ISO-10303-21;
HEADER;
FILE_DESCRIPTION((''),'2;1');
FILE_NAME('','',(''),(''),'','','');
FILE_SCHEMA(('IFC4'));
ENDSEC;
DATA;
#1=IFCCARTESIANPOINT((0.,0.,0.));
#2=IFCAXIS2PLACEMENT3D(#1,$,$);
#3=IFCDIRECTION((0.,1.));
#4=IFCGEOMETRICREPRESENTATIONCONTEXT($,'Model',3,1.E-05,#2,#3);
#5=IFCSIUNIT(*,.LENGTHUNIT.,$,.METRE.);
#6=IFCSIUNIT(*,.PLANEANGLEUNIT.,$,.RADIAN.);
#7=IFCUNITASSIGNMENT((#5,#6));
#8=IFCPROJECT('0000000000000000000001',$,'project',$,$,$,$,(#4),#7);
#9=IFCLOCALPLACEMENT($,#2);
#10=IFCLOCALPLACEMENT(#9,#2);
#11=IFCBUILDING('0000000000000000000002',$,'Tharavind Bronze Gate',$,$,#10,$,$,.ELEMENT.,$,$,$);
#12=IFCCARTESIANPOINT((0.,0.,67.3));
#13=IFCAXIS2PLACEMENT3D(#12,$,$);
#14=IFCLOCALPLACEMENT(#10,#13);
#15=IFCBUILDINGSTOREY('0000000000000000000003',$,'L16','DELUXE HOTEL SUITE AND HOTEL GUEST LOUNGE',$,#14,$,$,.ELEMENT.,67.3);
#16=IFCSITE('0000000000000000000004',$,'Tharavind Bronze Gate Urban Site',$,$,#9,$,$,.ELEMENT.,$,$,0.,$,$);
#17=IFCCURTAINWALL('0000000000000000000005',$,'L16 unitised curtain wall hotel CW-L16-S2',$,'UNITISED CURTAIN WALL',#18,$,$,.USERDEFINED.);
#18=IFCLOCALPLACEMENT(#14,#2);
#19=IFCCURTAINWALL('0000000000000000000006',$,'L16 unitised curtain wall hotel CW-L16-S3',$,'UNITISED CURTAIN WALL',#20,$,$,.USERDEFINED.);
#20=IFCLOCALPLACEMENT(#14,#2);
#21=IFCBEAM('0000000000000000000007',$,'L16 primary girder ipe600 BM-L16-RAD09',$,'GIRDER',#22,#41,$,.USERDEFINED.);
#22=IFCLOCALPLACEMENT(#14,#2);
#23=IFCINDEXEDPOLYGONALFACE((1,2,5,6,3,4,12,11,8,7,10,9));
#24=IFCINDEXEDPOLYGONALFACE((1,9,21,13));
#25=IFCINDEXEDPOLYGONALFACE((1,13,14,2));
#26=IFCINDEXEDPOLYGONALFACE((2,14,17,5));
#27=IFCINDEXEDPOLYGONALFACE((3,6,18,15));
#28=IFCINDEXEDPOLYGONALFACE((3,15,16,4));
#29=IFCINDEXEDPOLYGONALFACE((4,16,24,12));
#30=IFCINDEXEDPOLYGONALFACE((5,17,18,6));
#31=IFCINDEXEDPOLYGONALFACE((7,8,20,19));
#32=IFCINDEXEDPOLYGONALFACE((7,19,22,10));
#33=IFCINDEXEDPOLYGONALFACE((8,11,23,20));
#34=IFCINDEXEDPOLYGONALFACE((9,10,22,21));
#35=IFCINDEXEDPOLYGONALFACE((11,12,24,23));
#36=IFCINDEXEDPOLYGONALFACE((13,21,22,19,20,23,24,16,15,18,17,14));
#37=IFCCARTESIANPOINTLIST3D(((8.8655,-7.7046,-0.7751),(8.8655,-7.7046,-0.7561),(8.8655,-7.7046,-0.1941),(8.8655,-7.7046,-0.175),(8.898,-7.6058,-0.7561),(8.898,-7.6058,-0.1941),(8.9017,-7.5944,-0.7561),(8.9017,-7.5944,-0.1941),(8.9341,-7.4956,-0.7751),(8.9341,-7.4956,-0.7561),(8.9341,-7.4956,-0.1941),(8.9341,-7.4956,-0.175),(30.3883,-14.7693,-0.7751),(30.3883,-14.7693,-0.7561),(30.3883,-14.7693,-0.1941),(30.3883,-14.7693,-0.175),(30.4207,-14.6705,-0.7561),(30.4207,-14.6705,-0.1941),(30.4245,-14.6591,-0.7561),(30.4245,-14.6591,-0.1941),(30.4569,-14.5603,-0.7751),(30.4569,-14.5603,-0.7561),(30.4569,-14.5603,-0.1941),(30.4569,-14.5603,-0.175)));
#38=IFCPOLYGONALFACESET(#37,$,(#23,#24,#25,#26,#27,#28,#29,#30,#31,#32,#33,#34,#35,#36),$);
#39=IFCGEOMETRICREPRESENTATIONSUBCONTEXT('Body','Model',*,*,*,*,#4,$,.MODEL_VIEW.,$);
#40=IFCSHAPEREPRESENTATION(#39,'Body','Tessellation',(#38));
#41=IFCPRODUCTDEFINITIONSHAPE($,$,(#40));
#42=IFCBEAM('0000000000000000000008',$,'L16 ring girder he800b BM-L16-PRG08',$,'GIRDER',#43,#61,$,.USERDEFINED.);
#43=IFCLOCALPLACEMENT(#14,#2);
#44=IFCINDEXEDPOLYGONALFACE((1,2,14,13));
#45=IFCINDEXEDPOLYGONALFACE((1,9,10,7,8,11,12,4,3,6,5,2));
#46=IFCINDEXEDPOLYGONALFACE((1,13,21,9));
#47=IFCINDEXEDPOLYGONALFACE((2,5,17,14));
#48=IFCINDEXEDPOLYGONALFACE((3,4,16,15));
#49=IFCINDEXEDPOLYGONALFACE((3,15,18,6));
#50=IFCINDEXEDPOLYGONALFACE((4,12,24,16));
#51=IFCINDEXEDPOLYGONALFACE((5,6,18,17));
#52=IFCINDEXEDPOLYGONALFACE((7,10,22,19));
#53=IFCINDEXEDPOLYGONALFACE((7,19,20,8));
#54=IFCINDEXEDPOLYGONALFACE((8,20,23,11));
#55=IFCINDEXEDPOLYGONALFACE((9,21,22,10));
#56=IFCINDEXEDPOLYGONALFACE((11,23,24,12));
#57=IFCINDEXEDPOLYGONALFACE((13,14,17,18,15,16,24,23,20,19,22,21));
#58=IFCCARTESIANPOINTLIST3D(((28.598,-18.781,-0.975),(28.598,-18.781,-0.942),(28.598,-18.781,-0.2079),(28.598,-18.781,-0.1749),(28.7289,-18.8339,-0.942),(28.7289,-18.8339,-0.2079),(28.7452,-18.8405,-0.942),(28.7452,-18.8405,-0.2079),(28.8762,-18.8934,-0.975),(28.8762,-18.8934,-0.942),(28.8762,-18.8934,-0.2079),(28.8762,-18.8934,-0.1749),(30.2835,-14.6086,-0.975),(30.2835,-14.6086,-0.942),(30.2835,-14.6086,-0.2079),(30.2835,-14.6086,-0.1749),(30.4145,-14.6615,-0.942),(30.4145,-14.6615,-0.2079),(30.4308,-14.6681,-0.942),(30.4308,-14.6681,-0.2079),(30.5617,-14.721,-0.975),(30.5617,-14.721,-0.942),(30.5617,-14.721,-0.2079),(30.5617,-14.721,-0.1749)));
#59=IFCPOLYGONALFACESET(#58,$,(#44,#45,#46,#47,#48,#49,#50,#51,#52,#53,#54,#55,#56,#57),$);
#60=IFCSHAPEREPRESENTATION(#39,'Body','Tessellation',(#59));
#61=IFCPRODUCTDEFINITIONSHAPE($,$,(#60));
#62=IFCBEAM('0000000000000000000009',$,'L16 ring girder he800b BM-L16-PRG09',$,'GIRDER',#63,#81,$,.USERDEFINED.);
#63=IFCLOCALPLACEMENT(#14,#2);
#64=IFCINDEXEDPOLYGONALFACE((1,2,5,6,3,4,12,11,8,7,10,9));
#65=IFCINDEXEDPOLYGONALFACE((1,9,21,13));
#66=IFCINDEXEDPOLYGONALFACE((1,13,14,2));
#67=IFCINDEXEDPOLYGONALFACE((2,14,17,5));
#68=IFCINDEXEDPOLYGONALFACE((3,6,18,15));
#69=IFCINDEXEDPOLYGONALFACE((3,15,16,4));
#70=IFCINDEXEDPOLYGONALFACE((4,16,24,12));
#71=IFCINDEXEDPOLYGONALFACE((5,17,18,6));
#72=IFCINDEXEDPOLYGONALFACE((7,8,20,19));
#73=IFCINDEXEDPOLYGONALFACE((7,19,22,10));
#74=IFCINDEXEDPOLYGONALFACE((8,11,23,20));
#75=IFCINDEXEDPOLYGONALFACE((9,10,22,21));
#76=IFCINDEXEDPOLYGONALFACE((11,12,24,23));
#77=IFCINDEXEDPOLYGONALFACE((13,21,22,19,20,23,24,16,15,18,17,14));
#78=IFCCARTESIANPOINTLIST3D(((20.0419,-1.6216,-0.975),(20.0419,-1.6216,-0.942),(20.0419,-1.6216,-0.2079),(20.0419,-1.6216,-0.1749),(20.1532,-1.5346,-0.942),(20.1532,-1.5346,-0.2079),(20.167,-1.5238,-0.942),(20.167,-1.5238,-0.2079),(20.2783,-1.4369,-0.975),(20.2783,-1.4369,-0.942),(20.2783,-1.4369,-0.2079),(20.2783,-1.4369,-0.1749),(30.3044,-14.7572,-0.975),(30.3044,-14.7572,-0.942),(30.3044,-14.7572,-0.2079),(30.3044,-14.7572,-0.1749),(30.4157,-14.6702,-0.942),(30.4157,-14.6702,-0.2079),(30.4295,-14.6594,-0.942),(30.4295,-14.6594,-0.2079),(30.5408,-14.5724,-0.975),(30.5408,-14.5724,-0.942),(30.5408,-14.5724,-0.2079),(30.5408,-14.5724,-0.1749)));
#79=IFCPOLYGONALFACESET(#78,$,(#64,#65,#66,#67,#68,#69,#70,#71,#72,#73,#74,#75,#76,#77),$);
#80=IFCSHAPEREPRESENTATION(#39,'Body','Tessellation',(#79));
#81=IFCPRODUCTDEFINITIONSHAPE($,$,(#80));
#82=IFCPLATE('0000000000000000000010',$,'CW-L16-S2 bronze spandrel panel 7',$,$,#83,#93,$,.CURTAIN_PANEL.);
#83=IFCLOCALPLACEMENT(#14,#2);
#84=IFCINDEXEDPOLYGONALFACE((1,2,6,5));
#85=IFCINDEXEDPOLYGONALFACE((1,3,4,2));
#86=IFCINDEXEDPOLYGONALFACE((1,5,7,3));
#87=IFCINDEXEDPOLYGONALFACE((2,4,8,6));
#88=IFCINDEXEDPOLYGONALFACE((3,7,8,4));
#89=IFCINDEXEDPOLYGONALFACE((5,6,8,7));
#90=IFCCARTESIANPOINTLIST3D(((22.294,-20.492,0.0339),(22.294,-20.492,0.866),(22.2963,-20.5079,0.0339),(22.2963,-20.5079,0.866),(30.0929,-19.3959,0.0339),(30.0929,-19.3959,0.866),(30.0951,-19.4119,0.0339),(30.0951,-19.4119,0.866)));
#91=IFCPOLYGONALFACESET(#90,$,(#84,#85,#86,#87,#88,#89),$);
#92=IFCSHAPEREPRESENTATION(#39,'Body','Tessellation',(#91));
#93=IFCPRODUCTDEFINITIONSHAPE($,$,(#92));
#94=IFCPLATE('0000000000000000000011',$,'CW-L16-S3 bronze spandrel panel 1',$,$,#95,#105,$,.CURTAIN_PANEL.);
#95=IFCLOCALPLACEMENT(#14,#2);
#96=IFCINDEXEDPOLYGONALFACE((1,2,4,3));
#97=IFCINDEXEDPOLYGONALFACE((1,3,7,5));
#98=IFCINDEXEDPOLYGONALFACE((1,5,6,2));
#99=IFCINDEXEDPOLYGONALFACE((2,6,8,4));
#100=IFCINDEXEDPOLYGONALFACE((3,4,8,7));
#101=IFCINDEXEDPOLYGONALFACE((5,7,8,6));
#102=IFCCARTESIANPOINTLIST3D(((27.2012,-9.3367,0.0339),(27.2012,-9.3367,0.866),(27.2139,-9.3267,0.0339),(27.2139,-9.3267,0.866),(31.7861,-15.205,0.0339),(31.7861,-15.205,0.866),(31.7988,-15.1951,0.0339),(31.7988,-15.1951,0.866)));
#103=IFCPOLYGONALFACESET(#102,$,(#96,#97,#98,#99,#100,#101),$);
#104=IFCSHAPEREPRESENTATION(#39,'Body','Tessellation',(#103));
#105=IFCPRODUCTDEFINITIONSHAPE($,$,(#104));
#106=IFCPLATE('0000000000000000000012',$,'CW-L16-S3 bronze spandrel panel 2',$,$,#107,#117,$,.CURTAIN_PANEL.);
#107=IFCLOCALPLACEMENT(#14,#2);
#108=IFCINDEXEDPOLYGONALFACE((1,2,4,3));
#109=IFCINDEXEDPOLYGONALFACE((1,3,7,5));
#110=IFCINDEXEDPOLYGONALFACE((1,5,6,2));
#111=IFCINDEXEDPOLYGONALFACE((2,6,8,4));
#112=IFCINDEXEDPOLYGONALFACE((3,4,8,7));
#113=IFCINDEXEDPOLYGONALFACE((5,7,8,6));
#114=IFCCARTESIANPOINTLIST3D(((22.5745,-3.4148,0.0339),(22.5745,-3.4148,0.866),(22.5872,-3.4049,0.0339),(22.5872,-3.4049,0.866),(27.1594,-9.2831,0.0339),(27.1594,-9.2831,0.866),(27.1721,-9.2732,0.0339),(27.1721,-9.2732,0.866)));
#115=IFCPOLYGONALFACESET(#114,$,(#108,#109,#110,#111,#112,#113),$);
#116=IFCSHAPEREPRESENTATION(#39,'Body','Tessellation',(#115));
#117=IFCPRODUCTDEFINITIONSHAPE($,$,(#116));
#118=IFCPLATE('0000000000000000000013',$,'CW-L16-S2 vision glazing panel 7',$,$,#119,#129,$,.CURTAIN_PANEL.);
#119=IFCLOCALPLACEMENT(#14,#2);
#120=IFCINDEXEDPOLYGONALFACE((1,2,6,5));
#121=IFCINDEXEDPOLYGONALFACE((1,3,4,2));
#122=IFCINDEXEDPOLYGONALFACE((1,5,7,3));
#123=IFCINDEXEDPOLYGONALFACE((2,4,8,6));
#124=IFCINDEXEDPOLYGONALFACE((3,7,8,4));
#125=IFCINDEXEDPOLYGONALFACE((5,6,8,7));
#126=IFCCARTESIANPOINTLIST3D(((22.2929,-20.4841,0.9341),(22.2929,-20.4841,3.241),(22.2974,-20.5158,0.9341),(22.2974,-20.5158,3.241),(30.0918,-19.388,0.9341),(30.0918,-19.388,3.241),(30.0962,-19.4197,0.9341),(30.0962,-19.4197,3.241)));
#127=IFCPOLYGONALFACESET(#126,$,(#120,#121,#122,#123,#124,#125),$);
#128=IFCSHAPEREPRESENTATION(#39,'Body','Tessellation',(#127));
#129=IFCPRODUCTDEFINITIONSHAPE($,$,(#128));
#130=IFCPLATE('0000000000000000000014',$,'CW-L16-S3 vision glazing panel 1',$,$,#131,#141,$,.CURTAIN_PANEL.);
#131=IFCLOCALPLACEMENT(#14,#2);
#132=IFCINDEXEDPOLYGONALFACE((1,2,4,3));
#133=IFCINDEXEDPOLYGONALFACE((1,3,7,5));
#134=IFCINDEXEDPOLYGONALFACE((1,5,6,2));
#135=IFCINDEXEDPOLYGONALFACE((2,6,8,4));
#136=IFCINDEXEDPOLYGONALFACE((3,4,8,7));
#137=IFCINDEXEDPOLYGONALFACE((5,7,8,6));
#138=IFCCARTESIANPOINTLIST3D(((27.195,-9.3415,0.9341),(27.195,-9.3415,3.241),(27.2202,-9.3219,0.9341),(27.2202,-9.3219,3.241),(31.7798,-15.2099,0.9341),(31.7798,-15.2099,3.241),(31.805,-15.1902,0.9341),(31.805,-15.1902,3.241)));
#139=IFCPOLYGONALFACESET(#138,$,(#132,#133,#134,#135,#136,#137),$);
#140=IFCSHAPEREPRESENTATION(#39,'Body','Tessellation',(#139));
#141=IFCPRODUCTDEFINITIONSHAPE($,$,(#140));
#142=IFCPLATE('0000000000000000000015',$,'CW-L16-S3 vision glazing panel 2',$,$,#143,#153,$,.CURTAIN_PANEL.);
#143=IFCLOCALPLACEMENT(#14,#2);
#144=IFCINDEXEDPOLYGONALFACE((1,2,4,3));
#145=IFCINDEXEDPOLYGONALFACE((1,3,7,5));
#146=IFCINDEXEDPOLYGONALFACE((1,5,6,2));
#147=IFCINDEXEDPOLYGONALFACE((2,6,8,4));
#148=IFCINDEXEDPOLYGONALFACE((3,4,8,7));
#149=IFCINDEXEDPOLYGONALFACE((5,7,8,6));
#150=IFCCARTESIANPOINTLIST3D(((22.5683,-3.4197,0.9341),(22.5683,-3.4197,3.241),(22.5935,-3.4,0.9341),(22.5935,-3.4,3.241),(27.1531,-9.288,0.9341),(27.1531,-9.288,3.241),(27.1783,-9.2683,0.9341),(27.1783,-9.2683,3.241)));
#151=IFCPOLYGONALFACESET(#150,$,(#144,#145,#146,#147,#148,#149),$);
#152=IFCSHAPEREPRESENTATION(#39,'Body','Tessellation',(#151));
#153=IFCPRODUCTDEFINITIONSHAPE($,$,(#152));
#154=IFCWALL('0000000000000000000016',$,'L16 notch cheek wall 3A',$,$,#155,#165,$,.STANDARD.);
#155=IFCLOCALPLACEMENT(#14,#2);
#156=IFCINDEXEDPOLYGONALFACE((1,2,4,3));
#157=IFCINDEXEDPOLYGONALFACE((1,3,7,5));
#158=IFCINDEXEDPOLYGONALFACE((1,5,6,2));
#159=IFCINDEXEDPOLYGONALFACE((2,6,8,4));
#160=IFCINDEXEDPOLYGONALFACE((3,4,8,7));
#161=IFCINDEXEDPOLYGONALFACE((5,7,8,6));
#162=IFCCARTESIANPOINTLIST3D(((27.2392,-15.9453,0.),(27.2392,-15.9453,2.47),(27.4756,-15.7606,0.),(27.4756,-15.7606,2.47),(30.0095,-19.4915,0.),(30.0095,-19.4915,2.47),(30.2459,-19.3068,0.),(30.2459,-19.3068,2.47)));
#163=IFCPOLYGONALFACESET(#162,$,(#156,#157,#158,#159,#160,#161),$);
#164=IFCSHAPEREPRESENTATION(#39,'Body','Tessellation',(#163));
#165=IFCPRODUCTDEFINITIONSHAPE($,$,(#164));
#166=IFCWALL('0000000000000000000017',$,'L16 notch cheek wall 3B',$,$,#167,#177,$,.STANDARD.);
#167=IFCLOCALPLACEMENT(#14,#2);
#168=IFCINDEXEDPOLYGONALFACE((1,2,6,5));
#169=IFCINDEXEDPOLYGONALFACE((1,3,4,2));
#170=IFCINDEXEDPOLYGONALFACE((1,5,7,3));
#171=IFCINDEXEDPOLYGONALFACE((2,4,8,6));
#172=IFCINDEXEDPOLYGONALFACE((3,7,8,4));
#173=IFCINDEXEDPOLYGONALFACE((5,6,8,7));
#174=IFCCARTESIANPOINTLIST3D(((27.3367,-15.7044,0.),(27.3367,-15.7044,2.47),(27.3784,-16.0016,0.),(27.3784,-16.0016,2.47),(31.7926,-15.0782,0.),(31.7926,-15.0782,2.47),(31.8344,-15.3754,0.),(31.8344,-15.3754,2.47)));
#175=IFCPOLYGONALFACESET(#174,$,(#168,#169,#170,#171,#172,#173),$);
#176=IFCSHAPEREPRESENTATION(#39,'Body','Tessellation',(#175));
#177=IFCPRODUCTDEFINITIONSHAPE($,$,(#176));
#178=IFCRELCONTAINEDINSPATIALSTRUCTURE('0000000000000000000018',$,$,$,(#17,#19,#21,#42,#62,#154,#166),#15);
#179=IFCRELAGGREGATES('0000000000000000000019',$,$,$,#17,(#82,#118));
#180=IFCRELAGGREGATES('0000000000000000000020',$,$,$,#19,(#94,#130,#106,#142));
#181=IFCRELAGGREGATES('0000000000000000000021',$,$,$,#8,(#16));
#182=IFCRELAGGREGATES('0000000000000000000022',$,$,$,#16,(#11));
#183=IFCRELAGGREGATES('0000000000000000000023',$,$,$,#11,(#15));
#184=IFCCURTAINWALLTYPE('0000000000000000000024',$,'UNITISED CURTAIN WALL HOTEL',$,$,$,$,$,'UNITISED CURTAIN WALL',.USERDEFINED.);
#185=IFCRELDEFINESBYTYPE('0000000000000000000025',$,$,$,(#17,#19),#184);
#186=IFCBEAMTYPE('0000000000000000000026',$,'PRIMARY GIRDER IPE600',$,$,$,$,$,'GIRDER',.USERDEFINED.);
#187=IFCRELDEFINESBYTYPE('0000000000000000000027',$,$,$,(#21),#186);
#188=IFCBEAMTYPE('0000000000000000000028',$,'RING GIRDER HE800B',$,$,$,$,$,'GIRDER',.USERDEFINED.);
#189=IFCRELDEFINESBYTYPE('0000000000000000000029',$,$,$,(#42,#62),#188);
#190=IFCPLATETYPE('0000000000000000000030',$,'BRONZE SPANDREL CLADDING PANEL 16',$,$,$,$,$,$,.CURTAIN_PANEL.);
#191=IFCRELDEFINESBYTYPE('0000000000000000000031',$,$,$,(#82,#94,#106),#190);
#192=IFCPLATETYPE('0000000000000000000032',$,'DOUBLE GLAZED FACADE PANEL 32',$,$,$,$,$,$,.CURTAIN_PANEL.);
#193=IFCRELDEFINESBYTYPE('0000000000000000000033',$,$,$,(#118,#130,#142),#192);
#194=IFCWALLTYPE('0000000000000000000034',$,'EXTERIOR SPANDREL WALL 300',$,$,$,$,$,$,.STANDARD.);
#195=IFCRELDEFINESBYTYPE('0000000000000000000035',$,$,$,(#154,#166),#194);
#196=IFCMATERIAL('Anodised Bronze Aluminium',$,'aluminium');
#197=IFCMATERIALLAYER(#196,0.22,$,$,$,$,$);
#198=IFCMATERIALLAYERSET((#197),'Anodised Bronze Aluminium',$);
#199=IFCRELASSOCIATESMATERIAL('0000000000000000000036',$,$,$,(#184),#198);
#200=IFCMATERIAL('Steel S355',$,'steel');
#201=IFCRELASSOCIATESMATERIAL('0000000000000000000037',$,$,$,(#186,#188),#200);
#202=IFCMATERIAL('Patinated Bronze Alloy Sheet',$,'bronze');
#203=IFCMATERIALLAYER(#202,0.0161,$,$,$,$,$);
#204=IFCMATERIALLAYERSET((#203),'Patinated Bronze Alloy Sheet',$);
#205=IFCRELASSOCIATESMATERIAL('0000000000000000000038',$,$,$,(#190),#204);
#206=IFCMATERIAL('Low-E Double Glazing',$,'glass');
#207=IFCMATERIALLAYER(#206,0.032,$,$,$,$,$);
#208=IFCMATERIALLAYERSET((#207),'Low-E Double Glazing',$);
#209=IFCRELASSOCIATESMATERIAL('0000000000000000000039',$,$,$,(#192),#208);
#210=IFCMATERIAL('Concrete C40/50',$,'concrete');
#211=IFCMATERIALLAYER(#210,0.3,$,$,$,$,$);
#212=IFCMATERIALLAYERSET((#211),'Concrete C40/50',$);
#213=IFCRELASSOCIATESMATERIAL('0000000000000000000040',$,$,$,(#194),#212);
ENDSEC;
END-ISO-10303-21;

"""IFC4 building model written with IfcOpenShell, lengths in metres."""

from ifc_helpers import new_model, si_unit, direction, frame, frame_2d, origin, origin_2d, place, context, subcontext, project, spatial, rectangle, i_section, extrude, material, layer, layer_set, material_profile, profile_set, type_object, element, aggregate, save


model = new_model("IFC4")

# Units and contexts
model_context = context("Model", 3, precision=1e-05, world=origin(), true_north=direction((0.0, 1.0)))
body_context = subcontext(model_context, "Body", "Model", "MODEL_VIEW")
ifc_project = project(units=[si_unit("LENGTHUNIT", "METRE"), si_unit("PLANEANGLEUNIT", "RADIAN")], contexts=[model_context])

# Site, building, storey
site_placement = place(None, origin())
site = spatial("IfcSite", under=ifc_project, at=site_placement, Name="Tharavind Bronze Gate Urban Site", CompositionType="ELEMENT", RefElevation=0.0)
building_placement = place(site_placement, origin())
building = spatial("IfcBuilding", under=site, at=building_placement, Name="Tharavind Bronze Gate", CompositionType="ELEMENT")
storey_placement = place(building_placement, frame((0.0, 0.0, 67.3)))
storey = spatial("IfcBuildingStorey", under=building, at=storey_placement, Name="L16", Description="DELUXE HOTEL SUITE AND HOTEL GUEST LOUNGE", CompositionType="ELEMENT", Elevation=67.3)

# Curtain wall
ifc_material_1 = material(Name="Anodised Bronze Aluminium", Category="aluminium")
ifc_layer_1 = layer(ifc_material_1, 0.22)
ifc_layer_set_1 = layer_set([ifc_layer_1], Name="Anodised Bronze Aluminium")
curtain_wall_type = type_object("IfcCurtainWallType", Name="UNITISED CURTAIN WALL HOTEL", ElementType="UNITISED CURTAIN WALL", PredefinedType="USERDEFINED", material=ifc_layer_set_1)
curtain_wall_1_placement = place(storey_placement, origin())
curtain_wall_1 = element("IfcCurtainWall", 1, at=curtain_wall_1_placement, inside=storey, type_object=curtain_wall_type, Name="L16 unitised curtain wall hotel CW-L16-S2", ObjectType="UNITISED CURTAIN WALL", PredefinedType="USERDEFINED")

# Curtain wall
curtain_wall_2_placement = place(storey_placement, origin())
curtain_wall_2 = element("IfcCurtainWall", 2, at=curtain_wall_2_placement, inside=storey, type_object=curtain_wall_type, Name="L16 unitised curtain wall hotel CW-L16-S3", ObjectType="UNITISED CURTAIN WALL", PredefinedType="USERDEFINED")

# Beams
ifc_material_2 = material(Name="Steel S355", Category="steel")
ifc_material_profile_1 = material_profile(ifc_material_2, i_section(OverallWidth=0.22, OverallDepth=0.6001, WebThickness=0.012, FlangeThickness=0.019, at=origin_2d()), Name="IPE600")
ifc_profile_set_1 = profile_set([ifc_material_profile_1], Name="Steel S355")
beam_type_1 = type_object("IfcBeamType", Name="PRIMARY GIRDER IPE600", ElementType="GIRDER", PredefinedType="USERDEFINED", material=ifc_profile_set_1)
beam_1_placement = place(storey_placement, frame((30.4226, -14.6648, -0.4751), z_axis=(-0.950124, 0.311872, 0.0), x_axis=(-0.311872, -0.950124, 0.0)))
element("IfcBeam", 3, at=beam_1_placement, inside=storey, type_object=beam_type_1, Name="L16 primary girder ipe600 BM-L16-RAD09", ObjectType="GIRDER", PredefinedType="USERDEFINED", context=body_context, shape_type="SweptSolid", body=[
    extrude(i_section(OverallWidth=0.22, OverallDepth=0.6001, WebThickness=0.012, FlangeThickness=0.019, at=origin_2d()), origin(), (0.0, 0.0, 1.0), 22.6526),
])
ifc_material_profile_2 = material_profile(ifc_material_2, i_section(OverallWidth=0.3, OverallDepth=0.8, WebThickness=0.0176, FlangeThickness=0.033, at=origin_2d()), Name="HE800B")
ifc_profile_set_2 = profile_set([ifc_material_profile_2], Name="Steel S355")
beam_type_2 = type_object("IfcBeamType", Name="RING GIRDER HE800B", ElementType="GIRDER", PredefinedType="USERDEFINED", material=ifc_profile_set_2)
beam_2_placement = place(storey_placement, frame((28.7371, -18.8372, -0.575), z_axis=(0.374569, 0.927199, 0.0), x_axis=(-0.927199, 0.374569, 0.0)))
element("IfcBeam", 4, at=beam_2_placement, inside=storey, type_object=beam_type_2, Name="L16 ring girder he800b BM-L16-PRG08", ObjectType="GIRDER", PredefinedType="USERDEFINED", context=body_context, shape_type="SweptSolid", body=[
    extrude(i_section(OverallWidth=0.3, OverallDepth=0.8, WebThickness=0.0176, FlangeThickness=0.033, at=origin_2d()), origin(), (0.0, 0.0, 1.0), 4.5),
])
beam_3_placement = place(storey_placement, frame((30.4226, -14.6648, -0.575), z_axis=(-0.615657, 0.788014, 0.0), x_axis=(-0.788014, -0.615657, 0.0)))
element("IfcBeam", 5, at=beam_3_placement, inside=storey, type_object=beam_type_2, Name="L16 ring girder he800b BM-L16-PRG09", ObjectType="GIRDER", PredefinedType="USERDEFINED", context=body_context, shape_type="SweptSolid", body=[
    extrude(i_section(OverallWidth=0.3, OverallDepth=0.8, WebThickness=0.0176, FlangeThickness=0.033, at=origin_2d()), origin(), (0.0, 0.0, 1.0), 16.6692),
])

# Plates
ifc_material_3 = material(Name="Patinated Bronze Alloy Sheet", Category="bronze")
ifc_layer_2 = layer(ifc_material_3, 0.0161)
ifc_layer_set_2 = layer_set([ifc_layer_2], Name="Patinated Bronze Alloy Sheet")
plate_type_1 = type_object("IfcPlateType", Name="BRONZE SPANDREL CLADDING PANEL 16", PredefinedType="CURTAIN_PANEL", material=ifc_layer_set_2)
plate_1_placement = place(storey_placement, frame((26.1946, -19.9519, 0.0339), z_axis=(0.0, 0.0, 1.0), x_axis=(0.990268, 0.139173, 0.0)))
plate_1 = element("IfcPlate", 6, at=plate_1_placement, type_object=plate_type_1, Name="CW-L16-S2 bronze spandrel panel 7", PredefinedType="CURTAIN_PANEL", context=body_context, shape_type="SweptSolid", body=[
    extrude(rectangle(XDim=7.8755, YDim=0.0161, at=origin_2d()), origin(), (0.0, 0.0, 1.0), 0.832),
])
plate_2_placement = place(storey_placement, frame((29.5, -12.2659, 0.0339), z_axis=(0.0, 0.0, 1.0), x_axis=(-0.615661, 0.788011, 0.0)))
plate_2 = element("IfcPlate", 7, at=plate_2_placement, type_object=plate_type_1, Name="CW-L16-S3 bronze spandrel panel 1", PredefinedType="CURTAIN_PANEL", context=body_context, shape_type="SweptSolid", body=[
    extrude(rectangle(XDim=7.447, YDim=0.0161, at=origin_2d()), origin(), (0.0, 0.0, 1.0), 0.832),
])
plate_3_placement = place(storey_placement, frame((24.8733, -6.344, 0.0339), z_axis=(0.0, 0.0, 1.0), x_axis=(-0.615661, 0.788011, 0.0)))
plate_3 = element("IfcPlate", 8, at=plate_3_placement, type_object=plate_type_1, Name="CW-L16-S3 bronze spandrel panel 2", PredefinedType="CURTAIN_PANEL", context=body_context, shape_type="SweptSolid", body=[
    extrude(rectangle(XDim=7.447, YDim=0.0161, at=origin_2d()), origin(), (0.0, 0.0, 1.0), 0.832),
])
ifc_material_4 = material(Name="Low-E Double Glazing", Category="glass")
ifc_layer_3 = layer(ifc_material_4, 0.032)
ifc_layer_set_3 = layer_set([ifc_layer_3], Name="Low-E Double Glazing")
plate_type_2 = type_object("IfcPlateType", Name="DOUBLE GLAZED FACADE PANEL 32", PredefinedType="CURTAIN_PANEL", material=ifc_layer_set_3)
plate_4_placement = place(storey_placement, frame((26.1946, -19.9519, 0.9341), z_axis=(0.0, 0.0, 1.0), x_axis=(0.990268, 0.139173, 0.0)))
plate_4 = element("IfcPlate", 9, at=plate_4_placement, type_object=plate_type_2, Name="CW-L16-S2 vision glazing panel 7", PredefinedType="CURTAIN_PANEL", context=body_context, shape_type="SweptSolid", body=[
    extrude(rectangle(XDim=7.8755, YDim=0.032, at=origin_2d()), origin(), (0.0, 0.0, 1.0), 2.3069),
])
aggregate(curtain_wall_1, [plate_1, plate_4])
plate_5_placement = place(storey_placement, frame((29.5, -12.2659, 0.9341), z_axis=(0.0, 0.0, 1.0), x_axis=(-0.615661, 0.788011, 0.0)))
plate_5 = element("IfcPlate", 10, at=plate_5_placement, type_object=plate_type_2, Name="CW-L16-S3 vision glazing panel 1", PredefinedType="CURTAIN_PANEL", context=body_context, shape_type="SweptSolid", body=[
    extrude(rectangle(XDim=7.447, YDim=0.032, at=origin_2d()), origin(), (0.0, 0.0, 1.0), 2.3069),
])
plate_6_placement = place(storey_placement, frame((24.8733, -6.344, 0.9341), z_axis=(0.0, 0.0, 1.0), x_axis=(-0.615661, 0.788011, 0.0)))
plate_6 = element("IfcPlate", 11, at=plate_6_placement, type_object=plate_type_2, Name="CW-L16-S3 vision glazing panel 2", PredefinedType="CURTAIN_PANEL", context=body_context, shape_type="SweptSolid", body=[
    extrude(rectangle(XDim=7.447, YDim=0.032, at=origin_2d()), origin(), (0.0, 0.0, 1.0), 2.3069),
])
aggregate(curtain_wall_2, [plate_2, plate_5, plate_3, plate_6])

# Walls
ifc_material_5 = material(Name="Concrete C40/50", Category="concrete")
ifc_layer_4 = layer(ifc_material_5, 0.3)
ifc_layer_set_4 = layer_set([ifc_layer_4], Name="Concrete C40/50")
wall_type = type_object("IfcWallType", Name="EXTERIOR SPANDREL WALL 300", PredefinedType="STANDARD", material=ifc_layer_set_4)
wall_1_placement = place(storey_placement, frame((30.1277, -19.3992, 0.0), z_axis=(0.0, 0.0, 1.0), x_axis=(-0.615622, 0.788042, 0.0)))
element("IfcWall", 12, at=wall_1_placement, inside=storey, type_object=wall_type, Name="L16 notch cheek wall 3A", PredefinedType="STANDARD", context=body_context, shape_type="SweptSolid", body=[
    extrude(rectangle(XDim=4.5, YDim=0.3, at=frame_2d((2.25, 0.0))), origin(), (0.0, 0.0, 1.0), 2.47),
])
wall_2_placement = place(storey_placement, frame((27.3574, -15.853, 0.0), z_axis=(0.0, 0.0, 1.0), x_axis=(0.990269, 0.139165, 0.0)))
element("IfcWall", 13, at=wall_2_placement, inside=storey, type_object=wall_type, Name="L16 notch cheek wall 3B", PredefinedType="STANDARD", context=body_context, shape_type="SweptSolid", body=[
    extrude(rectangle(XDim=4.4998, YDim=0.3, at=frame_2d((2.25, 0.0))), origin(), (0.0, 0.0, 1.0), 2.47),
])

save(model, "model.ifc")
